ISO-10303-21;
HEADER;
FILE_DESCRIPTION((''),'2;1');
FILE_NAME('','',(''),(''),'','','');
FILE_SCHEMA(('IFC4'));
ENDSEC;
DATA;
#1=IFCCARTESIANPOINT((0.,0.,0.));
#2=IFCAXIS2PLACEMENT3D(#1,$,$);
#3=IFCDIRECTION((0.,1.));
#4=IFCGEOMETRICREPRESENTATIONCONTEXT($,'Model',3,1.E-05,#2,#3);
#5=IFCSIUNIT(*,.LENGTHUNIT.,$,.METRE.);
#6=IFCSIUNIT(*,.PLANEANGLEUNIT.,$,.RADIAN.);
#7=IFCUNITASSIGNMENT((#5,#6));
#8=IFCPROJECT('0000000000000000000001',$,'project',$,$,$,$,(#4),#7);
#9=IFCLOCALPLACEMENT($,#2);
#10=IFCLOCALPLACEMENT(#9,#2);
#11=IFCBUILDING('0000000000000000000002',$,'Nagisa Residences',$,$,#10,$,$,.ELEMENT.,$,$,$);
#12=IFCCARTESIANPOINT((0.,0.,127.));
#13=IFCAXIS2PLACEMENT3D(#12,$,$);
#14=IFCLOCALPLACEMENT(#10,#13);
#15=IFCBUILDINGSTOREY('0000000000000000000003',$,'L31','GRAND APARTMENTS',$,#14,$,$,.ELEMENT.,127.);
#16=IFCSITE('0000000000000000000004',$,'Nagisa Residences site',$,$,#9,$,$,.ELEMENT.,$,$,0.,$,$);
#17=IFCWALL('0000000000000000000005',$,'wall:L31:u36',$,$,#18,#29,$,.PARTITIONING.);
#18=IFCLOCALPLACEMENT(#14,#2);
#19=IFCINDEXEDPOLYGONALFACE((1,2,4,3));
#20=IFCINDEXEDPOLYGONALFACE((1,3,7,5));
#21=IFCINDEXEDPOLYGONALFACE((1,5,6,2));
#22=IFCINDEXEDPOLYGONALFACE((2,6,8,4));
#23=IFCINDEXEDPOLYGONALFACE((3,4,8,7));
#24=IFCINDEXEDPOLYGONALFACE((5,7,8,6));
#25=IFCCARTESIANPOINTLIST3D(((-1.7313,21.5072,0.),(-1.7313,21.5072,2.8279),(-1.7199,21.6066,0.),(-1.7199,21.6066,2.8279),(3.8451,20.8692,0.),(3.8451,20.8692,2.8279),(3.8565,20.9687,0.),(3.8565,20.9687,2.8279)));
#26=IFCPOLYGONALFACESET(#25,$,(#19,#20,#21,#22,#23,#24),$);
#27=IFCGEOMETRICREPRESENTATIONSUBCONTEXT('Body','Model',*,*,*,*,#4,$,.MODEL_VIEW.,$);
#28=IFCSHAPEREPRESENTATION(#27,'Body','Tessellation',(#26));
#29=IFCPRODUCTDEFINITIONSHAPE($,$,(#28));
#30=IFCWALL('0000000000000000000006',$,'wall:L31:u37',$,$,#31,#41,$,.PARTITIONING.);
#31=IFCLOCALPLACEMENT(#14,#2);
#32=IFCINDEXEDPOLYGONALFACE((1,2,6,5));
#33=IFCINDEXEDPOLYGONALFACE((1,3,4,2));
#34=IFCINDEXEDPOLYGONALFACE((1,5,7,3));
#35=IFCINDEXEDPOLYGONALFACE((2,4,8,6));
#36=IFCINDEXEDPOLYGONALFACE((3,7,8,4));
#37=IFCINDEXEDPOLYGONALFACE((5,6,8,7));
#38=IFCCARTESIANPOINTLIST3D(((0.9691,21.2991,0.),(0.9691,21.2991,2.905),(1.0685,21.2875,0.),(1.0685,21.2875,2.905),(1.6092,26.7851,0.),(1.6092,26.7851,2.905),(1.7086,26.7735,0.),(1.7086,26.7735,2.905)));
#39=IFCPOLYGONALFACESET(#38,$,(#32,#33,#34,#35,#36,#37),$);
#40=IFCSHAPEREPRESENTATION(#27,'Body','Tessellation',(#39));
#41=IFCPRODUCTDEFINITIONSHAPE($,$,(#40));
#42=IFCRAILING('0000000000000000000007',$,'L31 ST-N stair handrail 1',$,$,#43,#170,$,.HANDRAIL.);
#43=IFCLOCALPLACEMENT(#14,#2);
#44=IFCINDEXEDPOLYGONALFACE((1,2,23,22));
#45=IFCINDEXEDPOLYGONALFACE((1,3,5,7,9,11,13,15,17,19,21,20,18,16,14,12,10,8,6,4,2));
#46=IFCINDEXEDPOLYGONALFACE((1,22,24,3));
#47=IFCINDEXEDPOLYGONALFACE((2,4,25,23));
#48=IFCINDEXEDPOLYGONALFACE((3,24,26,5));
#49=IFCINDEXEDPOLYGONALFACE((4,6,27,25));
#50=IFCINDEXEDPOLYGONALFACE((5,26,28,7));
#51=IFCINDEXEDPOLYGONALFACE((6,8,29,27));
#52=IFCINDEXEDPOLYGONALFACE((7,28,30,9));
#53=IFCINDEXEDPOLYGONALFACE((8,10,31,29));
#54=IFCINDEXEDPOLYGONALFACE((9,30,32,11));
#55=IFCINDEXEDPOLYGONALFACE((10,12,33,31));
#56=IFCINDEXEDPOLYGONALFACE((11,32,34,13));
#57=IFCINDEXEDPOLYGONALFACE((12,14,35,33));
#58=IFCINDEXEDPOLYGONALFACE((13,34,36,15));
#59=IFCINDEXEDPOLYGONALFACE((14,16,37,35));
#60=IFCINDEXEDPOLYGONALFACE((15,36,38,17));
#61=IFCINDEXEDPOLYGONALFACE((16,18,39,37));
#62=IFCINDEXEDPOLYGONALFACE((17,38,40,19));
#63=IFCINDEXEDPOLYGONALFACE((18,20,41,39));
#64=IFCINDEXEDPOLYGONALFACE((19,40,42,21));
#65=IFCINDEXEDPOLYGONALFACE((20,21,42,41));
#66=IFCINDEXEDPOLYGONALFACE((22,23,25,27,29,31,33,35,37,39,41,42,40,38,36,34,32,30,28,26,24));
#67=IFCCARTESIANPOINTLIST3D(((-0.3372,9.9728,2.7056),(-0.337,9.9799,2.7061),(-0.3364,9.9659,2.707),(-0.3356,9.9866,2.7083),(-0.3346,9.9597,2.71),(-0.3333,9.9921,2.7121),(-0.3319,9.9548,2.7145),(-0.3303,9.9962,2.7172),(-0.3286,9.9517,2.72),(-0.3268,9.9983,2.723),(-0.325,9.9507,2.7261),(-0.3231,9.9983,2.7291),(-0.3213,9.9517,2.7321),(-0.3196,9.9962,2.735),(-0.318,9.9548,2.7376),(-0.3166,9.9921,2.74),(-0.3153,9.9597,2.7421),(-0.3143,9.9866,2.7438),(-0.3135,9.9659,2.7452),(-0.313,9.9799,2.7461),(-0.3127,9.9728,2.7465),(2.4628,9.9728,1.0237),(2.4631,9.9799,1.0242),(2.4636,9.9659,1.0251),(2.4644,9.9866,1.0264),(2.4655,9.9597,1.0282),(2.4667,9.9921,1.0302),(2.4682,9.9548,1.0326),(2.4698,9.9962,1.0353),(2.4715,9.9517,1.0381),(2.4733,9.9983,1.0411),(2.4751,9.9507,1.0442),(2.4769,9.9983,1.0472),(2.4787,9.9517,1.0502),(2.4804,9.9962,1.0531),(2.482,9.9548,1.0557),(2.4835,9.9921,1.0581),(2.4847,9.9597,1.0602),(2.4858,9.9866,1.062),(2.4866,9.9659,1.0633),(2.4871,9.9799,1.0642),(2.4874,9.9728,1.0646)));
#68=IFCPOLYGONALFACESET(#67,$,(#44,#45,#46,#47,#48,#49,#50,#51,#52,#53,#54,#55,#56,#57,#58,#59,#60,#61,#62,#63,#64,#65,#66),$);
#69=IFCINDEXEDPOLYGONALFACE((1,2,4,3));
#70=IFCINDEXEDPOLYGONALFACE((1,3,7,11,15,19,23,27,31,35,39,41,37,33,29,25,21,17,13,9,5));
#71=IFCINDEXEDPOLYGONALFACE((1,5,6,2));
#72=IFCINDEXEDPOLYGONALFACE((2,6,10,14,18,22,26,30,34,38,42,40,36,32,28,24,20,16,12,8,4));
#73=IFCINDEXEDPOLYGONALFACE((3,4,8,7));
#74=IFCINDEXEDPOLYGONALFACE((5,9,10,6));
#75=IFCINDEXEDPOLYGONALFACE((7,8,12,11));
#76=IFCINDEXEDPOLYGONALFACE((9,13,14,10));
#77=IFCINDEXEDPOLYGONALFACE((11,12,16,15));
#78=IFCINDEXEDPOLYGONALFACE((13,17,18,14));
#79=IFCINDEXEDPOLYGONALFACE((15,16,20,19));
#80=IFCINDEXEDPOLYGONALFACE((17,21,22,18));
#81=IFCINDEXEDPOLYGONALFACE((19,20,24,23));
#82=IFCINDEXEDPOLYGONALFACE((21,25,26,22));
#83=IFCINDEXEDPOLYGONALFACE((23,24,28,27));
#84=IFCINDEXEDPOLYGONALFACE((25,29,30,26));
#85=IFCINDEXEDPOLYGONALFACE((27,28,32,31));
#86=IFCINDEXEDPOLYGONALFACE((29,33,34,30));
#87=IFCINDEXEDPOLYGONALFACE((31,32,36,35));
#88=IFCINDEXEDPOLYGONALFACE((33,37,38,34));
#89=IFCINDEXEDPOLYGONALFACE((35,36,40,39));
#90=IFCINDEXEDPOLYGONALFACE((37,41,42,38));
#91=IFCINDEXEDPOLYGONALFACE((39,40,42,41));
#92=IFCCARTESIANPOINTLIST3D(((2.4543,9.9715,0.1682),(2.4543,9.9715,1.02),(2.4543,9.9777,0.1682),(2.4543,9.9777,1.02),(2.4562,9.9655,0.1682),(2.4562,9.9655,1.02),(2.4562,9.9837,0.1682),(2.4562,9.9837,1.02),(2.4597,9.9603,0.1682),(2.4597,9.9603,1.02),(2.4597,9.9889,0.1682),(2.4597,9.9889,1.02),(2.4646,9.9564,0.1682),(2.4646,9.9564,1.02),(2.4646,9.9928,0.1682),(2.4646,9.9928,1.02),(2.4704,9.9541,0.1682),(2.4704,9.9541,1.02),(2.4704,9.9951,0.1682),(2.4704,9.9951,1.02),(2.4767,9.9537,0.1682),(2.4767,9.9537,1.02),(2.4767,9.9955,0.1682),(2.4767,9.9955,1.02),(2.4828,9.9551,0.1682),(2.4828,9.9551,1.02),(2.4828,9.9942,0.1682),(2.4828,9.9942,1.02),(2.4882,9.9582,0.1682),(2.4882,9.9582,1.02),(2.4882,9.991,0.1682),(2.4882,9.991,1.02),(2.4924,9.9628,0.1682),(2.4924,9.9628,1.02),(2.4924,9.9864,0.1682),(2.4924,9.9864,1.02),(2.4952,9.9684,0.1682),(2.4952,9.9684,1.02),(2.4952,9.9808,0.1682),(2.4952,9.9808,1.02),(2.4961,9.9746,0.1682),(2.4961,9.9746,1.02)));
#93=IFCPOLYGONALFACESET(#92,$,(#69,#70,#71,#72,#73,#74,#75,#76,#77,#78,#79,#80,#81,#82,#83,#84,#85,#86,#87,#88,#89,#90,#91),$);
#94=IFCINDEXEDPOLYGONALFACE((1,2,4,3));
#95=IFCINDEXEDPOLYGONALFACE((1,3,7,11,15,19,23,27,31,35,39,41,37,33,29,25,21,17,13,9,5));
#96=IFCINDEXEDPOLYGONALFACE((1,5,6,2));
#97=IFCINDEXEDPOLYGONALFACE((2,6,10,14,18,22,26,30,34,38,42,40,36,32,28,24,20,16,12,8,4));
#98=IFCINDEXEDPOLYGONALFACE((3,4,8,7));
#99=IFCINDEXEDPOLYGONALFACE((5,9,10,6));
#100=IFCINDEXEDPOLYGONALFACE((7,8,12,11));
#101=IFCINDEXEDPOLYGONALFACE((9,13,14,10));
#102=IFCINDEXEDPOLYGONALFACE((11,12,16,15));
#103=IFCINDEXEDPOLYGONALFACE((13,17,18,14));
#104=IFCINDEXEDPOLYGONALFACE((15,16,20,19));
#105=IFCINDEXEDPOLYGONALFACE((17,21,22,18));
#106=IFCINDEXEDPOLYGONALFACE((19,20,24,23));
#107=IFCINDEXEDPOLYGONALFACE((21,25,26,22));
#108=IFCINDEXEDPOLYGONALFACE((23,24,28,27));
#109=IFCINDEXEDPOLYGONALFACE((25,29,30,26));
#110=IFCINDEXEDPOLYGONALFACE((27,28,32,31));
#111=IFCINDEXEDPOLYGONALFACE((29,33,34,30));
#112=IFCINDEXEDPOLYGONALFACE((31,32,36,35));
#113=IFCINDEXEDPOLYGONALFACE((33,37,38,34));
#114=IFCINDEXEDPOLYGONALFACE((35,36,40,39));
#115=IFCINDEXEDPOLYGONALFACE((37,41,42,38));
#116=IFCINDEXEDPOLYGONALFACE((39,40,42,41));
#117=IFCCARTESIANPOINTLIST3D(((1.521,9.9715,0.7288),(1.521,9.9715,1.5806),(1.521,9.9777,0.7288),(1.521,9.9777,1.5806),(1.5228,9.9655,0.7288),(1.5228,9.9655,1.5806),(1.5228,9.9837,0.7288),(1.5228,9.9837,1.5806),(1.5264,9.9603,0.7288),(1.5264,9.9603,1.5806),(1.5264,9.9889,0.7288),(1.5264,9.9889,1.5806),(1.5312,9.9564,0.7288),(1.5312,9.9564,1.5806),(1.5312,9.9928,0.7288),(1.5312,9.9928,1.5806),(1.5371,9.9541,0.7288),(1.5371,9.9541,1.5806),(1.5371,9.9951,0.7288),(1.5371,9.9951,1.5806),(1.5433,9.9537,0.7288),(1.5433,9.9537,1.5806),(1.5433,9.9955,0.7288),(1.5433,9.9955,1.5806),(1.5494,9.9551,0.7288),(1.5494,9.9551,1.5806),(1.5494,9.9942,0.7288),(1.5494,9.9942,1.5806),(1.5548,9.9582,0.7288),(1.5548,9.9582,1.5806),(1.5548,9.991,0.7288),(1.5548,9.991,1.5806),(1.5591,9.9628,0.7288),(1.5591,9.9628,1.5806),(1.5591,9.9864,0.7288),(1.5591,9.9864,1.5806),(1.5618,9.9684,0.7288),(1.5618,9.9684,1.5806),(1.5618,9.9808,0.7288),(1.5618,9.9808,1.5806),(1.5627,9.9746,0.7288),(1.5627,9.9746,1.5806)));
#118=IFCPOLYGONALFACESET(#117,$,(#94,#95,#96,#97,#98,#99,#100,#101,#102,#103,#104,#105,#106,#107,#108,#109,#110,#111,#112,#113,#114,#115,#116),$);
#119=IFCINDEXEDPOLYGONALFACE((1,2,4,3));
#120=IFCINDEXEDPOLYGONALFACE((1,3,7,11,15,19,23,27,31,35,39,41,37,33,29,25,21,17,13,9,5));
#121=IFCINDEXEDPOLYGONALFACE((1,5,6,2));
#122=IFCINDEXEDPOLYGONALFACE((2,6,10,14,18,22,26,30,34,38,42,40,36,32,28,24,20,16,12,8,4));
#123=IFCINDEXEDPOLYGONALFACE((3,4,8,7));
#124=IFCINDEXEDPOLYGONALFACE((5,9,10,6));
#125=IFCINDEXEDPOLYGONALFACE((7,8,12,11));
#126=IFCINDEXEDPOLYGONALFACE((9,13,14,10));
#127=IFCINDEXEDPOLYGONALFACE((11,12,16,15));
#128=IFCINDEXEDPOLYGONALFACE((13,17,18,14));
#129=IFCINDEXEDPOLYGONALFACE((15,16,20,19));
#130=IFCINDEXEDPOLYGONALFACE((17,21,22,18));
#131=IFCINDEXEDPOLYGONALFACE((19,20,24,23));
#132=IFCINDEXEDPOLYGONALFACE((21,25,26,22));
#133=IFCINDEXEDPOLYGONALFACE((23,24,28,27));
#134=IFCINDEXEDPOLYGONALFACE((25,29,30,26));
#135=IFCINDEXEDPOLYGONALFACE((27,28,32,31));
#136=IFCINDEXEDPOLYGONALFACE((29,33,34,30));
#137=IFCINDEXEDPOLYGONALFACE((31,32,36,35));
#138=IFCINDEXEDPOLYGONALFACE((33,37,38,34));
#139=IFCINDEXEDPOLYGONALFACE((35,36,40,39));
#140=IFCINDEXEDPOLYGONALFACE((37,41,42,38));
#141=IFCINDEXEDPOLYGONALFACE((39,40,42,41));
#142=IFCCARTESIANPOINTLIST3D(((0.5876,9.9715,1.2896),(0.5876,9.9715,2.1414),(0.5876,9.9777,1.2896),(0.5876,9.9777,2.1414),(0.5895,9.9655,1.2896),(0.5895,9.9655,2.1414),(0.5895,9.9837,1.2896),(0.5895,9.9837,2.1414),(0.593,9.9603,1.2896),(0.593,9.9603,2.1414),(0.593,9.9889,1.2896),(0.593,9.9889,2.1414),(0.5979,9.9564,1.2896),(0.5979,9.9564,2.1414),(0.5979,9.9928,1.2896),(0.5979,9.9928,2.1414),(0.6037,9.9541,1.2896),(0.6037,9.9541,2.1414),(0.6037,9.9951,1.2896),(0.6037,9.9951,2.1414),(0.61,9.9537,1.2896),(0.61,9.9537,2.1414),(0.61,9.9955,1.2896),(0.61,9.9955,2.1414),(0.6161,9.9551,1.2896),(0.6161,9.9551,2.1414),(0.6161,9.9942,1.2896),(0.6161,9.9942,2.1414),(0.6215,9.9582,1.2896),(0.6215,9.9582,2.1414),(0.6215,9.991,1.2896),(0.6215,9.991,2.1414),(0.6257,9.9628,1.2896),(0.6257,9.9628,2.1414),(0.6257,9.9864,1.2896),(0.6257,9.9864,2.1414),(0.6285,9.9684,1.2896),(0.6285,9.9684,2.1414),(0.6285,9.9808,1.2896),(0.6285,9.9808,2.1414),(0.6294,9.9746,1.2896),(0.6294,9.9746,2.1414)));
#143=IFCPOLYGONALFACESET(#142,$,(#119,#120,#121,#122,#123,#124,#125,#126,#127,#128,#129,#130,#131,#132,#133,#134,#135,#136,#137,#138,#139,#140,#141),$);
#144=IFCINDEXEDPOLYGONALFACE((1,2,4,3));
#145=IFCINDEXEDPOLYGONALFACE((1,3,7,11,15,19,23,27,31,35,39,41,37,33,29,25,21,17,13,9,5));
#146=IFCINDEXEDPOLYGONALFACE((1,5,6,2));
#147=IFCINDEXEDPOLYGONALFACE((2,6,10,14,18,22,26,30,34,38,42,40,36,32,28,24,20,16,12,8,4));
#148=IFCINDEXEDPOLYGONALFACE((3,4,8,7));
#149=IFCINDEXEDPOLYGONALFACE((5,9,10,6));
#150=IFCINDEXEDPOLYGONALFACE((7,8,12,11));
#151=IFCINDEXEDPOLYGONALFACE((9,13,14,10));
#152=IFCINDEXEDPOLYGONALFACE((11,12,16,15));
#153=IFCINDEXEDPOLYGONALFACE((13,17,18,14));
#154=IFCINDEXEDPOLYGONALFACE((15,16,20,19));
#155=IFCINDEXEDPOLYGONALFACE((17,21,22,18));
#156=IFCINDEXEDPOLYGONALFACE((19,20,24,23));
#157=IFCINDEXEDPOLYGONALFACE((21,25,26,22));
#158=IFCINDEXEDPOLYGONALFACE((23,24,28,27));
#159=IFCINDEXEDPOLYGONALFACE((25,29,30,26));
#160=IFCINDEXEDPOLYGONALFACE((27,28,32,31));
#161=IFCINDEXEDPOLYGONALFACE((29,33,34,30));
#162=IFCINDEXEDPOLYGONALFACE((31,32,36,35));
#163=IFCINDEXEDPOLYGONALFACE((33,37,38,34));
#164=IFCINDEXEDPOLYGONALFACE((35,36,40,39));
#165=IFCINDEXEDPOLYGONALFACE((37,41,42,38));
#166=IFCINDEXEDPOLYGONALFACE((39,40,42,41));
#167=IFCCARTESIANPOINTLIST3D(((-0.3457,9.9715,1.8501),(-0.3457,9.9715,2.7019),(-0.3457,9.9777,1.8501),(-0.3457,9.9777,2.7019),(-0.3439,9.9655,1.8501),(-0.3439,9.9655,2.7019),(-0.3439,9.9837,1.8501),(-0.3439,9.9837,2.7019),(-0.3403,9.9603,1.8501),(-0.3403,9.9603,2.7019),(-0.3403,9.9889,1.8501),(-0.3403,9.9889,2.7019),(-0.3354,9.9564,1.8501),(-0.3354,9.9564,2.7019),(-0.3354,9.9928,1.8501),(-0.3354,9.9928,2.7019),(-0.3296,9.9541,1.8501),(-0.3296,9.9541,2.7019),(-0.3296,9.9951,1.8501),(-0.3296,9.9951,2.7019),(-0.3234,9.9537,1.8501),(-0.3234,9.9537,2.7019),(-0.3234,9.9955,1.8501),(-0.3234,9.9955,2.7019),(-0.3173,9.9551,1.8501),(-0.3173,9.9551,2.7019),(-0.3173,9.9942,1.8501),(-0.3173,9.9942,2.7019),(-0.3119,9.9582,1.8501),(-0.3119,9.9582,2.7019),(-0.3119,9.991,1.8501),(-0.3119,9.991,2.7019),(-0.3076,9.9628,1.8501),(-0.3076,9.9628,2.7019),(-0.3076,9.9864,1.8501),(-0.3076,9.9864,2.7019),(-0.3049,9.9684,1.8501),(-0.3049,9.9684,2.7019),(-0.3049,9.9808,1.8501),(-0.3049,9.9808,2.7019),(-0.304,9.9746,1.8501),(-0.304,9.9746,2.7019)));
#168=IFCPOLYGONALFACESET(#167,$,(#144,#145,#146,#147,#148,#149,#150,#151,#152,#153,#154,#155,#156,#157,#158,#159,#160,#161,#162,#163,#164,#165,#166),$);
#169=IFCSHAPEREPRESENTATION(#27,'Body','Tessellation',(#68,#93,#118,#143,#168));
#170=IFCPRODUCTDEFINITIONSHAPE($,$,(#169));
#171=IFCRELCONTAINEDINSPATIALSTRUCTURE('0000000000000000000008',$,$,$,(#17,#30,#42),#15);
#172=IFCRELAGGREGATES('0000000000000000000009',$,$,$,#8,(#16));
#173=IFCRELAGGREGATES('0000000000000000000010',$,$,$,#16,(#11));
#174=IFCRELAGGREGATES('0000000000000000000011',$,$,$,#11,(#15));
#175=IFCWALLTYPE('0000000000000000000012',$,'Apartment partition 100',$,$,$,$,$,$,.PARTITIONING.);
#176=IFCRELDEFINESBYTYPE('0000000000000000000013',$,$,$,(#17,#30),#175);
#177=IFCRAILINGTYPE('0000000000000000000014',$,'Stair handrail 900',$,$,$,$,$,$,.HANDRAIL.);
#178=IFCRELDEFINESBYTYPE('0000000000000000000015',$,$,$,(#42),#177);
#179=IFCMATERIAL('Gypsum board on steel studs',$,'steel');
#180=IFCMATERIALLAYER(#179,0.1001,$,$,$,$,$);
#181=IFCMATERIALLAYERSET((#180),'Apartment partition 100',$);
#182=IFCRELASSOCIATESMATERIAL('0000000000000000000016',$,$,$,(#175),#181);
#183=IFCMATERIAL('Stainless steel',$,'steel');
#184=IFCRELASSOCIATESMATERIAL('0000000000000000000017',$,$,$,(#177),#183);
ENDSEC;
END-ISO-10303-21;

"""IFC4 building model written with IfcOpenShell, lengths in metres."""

from ifc_helpers import new_model, si_unit, direction, frame, frame_2d, origin, origin_2d, place, context, subcontext, project, spatial, rectangle, circle, extrude, material, layer, layer_set, type_object, element, save


model = new_model("IFC4")

# Units and contexts
model_context = context("Model", 3, precision=1e-05, world=origin(), true_north=direction((0.0, 1.0)))
body_context = subcontext(model_context, "Body", "Model", "MODEL_VIEW")
ifc_project = project(units=[si_unit("LENGTHUNIT", "METRE"), si_unit("PLANEANGLEUNIT", "RADIAN")], contexts=[model_context])

# Site, building, storey
site_placement = place(None, origin())
site = spatial("IfcSite", under=ifc_project, at=site_placement, Name="Nagisa Residences site", CompositionType="ELEMENT", RefElevation=0.0)
building_placement = place(site_placement, origin())
building = spatial("IfcBuilding", under=site, at=building_placement, Name="Nagisa Residences", CompositionType="ELEMENT")
storey_placement = place(building_placement, frame((0.0, 0.0, 127.0)))
storey = spatial("IfcBuildingStorey", under=building, at=storey_placement, Name="L31", Description="GRAND APARTMENTS", CompositionType="ELEMENT", Elevation=127.0)

# Shared definitions
ifc_material_1 = material(Name="Gypsum board on steel studs", Category="steel")
ifc_layer_1 = layer(ifc_material_1, 0.1001)
ifc_layer_set_1 = layer_set([ifc_layer_1], Name="Apartment partition 100")
wall_type_1 = type_object("IfcWallType", Name="Apartment partition 100", PredefinedType="PARTITIONING", material=ifc_layer_set_1)

# Walls
wall_1_placement = place(storey_placement, frame((3.8508, 20.9189, 0.0), z_axis=(0.0, 0.0, 1.0), x_axis=(-0.99352, 0.113658, 0.0)))
element("IfcWall", 1, at=wall_1_placement, inside=storey, type_object=wall_type_1, Name="wall:L31:u36", PredefinedType="PARTITIONING", context=body_context, shape_type="SweptSolid", body=[
    extrude(rectangle(XDim=5.6128, YDim=0.1001, at=frame_2d((2.8064, 0.0))), origin(), (0.0, 0.0, 1.0), 2.8279),
])
wall_2_placement = place(storey_placement, frame((1.0188, 21.2932, 0.0), z_axis=(0.0, 0.0, 1.0), x_axis=(0.115897, 0.993261, 0.0)))
element("IfcWall", 2, at=wall_2_placement, inside=storey, type_object=wall_type_1, Name="wall:L31:u37", PredefinedType="PARTITIONING", context=body_context, shape_type="SweptSolid", body=[
    extrude(rectangle(XDim=5.5232, YDim=0.1001, at=frame_2d((2.7617, 0.0))), origin(), (0.0, 0.0, 1.0), 2.905),
])

# Railing
ifc_material_2 = material(Name="Stainless steel", Category="steel")
railing_type = type_object("IfcRailingType", Name="Stair handrail 900", PredefinedType="HANDRAIL", material=ifc_material_2)
railing_placement = place(storey_placement, frame((2.4751, 9.9746, 0.1682)))
element("IfcRailing", 3, at=railing_placement, inside=storey, type_object=railing_type, Name="L31 ST-N stair handrail 1", PredefinedType="HANDRAIL", context=body_context, shape_type="SweptSolid", body=[
    extrude(circle(Radius=0.0239, at=origin_2d()), frame((0.0, 0.0, 0.876), z_axis=(-0.857242, 0.0, 0.514913), x_axis=(0.0, -1.0, 0.0)), (0.0, 0.0, 1.0), 3.2664),
    extrude(circle(Radius=0.021, at=origin_2d()), origin(), (0.0, 0.0, 1.0), 0.8518),
    extrude(circle(Radius=0.021, at=origin_2d()), frame((-0.9333, 0.0, 0.5605)), (0.0, 0.0, 1.0), 0.8518),
    extrude(circle(Radius=0.021, at=origin_2d()), frame((-1.8667, 0.0, 1.1213)), (0.0, 0.0, 1.0), 0.8518),
    extrude(circle(Radius=0.021, at=origin_2d()), frame((-2.8, 0.0, 1.6819)), (0.0, 0.0, 1.0), 0.8518),
])

save(model, "model.ifc")
